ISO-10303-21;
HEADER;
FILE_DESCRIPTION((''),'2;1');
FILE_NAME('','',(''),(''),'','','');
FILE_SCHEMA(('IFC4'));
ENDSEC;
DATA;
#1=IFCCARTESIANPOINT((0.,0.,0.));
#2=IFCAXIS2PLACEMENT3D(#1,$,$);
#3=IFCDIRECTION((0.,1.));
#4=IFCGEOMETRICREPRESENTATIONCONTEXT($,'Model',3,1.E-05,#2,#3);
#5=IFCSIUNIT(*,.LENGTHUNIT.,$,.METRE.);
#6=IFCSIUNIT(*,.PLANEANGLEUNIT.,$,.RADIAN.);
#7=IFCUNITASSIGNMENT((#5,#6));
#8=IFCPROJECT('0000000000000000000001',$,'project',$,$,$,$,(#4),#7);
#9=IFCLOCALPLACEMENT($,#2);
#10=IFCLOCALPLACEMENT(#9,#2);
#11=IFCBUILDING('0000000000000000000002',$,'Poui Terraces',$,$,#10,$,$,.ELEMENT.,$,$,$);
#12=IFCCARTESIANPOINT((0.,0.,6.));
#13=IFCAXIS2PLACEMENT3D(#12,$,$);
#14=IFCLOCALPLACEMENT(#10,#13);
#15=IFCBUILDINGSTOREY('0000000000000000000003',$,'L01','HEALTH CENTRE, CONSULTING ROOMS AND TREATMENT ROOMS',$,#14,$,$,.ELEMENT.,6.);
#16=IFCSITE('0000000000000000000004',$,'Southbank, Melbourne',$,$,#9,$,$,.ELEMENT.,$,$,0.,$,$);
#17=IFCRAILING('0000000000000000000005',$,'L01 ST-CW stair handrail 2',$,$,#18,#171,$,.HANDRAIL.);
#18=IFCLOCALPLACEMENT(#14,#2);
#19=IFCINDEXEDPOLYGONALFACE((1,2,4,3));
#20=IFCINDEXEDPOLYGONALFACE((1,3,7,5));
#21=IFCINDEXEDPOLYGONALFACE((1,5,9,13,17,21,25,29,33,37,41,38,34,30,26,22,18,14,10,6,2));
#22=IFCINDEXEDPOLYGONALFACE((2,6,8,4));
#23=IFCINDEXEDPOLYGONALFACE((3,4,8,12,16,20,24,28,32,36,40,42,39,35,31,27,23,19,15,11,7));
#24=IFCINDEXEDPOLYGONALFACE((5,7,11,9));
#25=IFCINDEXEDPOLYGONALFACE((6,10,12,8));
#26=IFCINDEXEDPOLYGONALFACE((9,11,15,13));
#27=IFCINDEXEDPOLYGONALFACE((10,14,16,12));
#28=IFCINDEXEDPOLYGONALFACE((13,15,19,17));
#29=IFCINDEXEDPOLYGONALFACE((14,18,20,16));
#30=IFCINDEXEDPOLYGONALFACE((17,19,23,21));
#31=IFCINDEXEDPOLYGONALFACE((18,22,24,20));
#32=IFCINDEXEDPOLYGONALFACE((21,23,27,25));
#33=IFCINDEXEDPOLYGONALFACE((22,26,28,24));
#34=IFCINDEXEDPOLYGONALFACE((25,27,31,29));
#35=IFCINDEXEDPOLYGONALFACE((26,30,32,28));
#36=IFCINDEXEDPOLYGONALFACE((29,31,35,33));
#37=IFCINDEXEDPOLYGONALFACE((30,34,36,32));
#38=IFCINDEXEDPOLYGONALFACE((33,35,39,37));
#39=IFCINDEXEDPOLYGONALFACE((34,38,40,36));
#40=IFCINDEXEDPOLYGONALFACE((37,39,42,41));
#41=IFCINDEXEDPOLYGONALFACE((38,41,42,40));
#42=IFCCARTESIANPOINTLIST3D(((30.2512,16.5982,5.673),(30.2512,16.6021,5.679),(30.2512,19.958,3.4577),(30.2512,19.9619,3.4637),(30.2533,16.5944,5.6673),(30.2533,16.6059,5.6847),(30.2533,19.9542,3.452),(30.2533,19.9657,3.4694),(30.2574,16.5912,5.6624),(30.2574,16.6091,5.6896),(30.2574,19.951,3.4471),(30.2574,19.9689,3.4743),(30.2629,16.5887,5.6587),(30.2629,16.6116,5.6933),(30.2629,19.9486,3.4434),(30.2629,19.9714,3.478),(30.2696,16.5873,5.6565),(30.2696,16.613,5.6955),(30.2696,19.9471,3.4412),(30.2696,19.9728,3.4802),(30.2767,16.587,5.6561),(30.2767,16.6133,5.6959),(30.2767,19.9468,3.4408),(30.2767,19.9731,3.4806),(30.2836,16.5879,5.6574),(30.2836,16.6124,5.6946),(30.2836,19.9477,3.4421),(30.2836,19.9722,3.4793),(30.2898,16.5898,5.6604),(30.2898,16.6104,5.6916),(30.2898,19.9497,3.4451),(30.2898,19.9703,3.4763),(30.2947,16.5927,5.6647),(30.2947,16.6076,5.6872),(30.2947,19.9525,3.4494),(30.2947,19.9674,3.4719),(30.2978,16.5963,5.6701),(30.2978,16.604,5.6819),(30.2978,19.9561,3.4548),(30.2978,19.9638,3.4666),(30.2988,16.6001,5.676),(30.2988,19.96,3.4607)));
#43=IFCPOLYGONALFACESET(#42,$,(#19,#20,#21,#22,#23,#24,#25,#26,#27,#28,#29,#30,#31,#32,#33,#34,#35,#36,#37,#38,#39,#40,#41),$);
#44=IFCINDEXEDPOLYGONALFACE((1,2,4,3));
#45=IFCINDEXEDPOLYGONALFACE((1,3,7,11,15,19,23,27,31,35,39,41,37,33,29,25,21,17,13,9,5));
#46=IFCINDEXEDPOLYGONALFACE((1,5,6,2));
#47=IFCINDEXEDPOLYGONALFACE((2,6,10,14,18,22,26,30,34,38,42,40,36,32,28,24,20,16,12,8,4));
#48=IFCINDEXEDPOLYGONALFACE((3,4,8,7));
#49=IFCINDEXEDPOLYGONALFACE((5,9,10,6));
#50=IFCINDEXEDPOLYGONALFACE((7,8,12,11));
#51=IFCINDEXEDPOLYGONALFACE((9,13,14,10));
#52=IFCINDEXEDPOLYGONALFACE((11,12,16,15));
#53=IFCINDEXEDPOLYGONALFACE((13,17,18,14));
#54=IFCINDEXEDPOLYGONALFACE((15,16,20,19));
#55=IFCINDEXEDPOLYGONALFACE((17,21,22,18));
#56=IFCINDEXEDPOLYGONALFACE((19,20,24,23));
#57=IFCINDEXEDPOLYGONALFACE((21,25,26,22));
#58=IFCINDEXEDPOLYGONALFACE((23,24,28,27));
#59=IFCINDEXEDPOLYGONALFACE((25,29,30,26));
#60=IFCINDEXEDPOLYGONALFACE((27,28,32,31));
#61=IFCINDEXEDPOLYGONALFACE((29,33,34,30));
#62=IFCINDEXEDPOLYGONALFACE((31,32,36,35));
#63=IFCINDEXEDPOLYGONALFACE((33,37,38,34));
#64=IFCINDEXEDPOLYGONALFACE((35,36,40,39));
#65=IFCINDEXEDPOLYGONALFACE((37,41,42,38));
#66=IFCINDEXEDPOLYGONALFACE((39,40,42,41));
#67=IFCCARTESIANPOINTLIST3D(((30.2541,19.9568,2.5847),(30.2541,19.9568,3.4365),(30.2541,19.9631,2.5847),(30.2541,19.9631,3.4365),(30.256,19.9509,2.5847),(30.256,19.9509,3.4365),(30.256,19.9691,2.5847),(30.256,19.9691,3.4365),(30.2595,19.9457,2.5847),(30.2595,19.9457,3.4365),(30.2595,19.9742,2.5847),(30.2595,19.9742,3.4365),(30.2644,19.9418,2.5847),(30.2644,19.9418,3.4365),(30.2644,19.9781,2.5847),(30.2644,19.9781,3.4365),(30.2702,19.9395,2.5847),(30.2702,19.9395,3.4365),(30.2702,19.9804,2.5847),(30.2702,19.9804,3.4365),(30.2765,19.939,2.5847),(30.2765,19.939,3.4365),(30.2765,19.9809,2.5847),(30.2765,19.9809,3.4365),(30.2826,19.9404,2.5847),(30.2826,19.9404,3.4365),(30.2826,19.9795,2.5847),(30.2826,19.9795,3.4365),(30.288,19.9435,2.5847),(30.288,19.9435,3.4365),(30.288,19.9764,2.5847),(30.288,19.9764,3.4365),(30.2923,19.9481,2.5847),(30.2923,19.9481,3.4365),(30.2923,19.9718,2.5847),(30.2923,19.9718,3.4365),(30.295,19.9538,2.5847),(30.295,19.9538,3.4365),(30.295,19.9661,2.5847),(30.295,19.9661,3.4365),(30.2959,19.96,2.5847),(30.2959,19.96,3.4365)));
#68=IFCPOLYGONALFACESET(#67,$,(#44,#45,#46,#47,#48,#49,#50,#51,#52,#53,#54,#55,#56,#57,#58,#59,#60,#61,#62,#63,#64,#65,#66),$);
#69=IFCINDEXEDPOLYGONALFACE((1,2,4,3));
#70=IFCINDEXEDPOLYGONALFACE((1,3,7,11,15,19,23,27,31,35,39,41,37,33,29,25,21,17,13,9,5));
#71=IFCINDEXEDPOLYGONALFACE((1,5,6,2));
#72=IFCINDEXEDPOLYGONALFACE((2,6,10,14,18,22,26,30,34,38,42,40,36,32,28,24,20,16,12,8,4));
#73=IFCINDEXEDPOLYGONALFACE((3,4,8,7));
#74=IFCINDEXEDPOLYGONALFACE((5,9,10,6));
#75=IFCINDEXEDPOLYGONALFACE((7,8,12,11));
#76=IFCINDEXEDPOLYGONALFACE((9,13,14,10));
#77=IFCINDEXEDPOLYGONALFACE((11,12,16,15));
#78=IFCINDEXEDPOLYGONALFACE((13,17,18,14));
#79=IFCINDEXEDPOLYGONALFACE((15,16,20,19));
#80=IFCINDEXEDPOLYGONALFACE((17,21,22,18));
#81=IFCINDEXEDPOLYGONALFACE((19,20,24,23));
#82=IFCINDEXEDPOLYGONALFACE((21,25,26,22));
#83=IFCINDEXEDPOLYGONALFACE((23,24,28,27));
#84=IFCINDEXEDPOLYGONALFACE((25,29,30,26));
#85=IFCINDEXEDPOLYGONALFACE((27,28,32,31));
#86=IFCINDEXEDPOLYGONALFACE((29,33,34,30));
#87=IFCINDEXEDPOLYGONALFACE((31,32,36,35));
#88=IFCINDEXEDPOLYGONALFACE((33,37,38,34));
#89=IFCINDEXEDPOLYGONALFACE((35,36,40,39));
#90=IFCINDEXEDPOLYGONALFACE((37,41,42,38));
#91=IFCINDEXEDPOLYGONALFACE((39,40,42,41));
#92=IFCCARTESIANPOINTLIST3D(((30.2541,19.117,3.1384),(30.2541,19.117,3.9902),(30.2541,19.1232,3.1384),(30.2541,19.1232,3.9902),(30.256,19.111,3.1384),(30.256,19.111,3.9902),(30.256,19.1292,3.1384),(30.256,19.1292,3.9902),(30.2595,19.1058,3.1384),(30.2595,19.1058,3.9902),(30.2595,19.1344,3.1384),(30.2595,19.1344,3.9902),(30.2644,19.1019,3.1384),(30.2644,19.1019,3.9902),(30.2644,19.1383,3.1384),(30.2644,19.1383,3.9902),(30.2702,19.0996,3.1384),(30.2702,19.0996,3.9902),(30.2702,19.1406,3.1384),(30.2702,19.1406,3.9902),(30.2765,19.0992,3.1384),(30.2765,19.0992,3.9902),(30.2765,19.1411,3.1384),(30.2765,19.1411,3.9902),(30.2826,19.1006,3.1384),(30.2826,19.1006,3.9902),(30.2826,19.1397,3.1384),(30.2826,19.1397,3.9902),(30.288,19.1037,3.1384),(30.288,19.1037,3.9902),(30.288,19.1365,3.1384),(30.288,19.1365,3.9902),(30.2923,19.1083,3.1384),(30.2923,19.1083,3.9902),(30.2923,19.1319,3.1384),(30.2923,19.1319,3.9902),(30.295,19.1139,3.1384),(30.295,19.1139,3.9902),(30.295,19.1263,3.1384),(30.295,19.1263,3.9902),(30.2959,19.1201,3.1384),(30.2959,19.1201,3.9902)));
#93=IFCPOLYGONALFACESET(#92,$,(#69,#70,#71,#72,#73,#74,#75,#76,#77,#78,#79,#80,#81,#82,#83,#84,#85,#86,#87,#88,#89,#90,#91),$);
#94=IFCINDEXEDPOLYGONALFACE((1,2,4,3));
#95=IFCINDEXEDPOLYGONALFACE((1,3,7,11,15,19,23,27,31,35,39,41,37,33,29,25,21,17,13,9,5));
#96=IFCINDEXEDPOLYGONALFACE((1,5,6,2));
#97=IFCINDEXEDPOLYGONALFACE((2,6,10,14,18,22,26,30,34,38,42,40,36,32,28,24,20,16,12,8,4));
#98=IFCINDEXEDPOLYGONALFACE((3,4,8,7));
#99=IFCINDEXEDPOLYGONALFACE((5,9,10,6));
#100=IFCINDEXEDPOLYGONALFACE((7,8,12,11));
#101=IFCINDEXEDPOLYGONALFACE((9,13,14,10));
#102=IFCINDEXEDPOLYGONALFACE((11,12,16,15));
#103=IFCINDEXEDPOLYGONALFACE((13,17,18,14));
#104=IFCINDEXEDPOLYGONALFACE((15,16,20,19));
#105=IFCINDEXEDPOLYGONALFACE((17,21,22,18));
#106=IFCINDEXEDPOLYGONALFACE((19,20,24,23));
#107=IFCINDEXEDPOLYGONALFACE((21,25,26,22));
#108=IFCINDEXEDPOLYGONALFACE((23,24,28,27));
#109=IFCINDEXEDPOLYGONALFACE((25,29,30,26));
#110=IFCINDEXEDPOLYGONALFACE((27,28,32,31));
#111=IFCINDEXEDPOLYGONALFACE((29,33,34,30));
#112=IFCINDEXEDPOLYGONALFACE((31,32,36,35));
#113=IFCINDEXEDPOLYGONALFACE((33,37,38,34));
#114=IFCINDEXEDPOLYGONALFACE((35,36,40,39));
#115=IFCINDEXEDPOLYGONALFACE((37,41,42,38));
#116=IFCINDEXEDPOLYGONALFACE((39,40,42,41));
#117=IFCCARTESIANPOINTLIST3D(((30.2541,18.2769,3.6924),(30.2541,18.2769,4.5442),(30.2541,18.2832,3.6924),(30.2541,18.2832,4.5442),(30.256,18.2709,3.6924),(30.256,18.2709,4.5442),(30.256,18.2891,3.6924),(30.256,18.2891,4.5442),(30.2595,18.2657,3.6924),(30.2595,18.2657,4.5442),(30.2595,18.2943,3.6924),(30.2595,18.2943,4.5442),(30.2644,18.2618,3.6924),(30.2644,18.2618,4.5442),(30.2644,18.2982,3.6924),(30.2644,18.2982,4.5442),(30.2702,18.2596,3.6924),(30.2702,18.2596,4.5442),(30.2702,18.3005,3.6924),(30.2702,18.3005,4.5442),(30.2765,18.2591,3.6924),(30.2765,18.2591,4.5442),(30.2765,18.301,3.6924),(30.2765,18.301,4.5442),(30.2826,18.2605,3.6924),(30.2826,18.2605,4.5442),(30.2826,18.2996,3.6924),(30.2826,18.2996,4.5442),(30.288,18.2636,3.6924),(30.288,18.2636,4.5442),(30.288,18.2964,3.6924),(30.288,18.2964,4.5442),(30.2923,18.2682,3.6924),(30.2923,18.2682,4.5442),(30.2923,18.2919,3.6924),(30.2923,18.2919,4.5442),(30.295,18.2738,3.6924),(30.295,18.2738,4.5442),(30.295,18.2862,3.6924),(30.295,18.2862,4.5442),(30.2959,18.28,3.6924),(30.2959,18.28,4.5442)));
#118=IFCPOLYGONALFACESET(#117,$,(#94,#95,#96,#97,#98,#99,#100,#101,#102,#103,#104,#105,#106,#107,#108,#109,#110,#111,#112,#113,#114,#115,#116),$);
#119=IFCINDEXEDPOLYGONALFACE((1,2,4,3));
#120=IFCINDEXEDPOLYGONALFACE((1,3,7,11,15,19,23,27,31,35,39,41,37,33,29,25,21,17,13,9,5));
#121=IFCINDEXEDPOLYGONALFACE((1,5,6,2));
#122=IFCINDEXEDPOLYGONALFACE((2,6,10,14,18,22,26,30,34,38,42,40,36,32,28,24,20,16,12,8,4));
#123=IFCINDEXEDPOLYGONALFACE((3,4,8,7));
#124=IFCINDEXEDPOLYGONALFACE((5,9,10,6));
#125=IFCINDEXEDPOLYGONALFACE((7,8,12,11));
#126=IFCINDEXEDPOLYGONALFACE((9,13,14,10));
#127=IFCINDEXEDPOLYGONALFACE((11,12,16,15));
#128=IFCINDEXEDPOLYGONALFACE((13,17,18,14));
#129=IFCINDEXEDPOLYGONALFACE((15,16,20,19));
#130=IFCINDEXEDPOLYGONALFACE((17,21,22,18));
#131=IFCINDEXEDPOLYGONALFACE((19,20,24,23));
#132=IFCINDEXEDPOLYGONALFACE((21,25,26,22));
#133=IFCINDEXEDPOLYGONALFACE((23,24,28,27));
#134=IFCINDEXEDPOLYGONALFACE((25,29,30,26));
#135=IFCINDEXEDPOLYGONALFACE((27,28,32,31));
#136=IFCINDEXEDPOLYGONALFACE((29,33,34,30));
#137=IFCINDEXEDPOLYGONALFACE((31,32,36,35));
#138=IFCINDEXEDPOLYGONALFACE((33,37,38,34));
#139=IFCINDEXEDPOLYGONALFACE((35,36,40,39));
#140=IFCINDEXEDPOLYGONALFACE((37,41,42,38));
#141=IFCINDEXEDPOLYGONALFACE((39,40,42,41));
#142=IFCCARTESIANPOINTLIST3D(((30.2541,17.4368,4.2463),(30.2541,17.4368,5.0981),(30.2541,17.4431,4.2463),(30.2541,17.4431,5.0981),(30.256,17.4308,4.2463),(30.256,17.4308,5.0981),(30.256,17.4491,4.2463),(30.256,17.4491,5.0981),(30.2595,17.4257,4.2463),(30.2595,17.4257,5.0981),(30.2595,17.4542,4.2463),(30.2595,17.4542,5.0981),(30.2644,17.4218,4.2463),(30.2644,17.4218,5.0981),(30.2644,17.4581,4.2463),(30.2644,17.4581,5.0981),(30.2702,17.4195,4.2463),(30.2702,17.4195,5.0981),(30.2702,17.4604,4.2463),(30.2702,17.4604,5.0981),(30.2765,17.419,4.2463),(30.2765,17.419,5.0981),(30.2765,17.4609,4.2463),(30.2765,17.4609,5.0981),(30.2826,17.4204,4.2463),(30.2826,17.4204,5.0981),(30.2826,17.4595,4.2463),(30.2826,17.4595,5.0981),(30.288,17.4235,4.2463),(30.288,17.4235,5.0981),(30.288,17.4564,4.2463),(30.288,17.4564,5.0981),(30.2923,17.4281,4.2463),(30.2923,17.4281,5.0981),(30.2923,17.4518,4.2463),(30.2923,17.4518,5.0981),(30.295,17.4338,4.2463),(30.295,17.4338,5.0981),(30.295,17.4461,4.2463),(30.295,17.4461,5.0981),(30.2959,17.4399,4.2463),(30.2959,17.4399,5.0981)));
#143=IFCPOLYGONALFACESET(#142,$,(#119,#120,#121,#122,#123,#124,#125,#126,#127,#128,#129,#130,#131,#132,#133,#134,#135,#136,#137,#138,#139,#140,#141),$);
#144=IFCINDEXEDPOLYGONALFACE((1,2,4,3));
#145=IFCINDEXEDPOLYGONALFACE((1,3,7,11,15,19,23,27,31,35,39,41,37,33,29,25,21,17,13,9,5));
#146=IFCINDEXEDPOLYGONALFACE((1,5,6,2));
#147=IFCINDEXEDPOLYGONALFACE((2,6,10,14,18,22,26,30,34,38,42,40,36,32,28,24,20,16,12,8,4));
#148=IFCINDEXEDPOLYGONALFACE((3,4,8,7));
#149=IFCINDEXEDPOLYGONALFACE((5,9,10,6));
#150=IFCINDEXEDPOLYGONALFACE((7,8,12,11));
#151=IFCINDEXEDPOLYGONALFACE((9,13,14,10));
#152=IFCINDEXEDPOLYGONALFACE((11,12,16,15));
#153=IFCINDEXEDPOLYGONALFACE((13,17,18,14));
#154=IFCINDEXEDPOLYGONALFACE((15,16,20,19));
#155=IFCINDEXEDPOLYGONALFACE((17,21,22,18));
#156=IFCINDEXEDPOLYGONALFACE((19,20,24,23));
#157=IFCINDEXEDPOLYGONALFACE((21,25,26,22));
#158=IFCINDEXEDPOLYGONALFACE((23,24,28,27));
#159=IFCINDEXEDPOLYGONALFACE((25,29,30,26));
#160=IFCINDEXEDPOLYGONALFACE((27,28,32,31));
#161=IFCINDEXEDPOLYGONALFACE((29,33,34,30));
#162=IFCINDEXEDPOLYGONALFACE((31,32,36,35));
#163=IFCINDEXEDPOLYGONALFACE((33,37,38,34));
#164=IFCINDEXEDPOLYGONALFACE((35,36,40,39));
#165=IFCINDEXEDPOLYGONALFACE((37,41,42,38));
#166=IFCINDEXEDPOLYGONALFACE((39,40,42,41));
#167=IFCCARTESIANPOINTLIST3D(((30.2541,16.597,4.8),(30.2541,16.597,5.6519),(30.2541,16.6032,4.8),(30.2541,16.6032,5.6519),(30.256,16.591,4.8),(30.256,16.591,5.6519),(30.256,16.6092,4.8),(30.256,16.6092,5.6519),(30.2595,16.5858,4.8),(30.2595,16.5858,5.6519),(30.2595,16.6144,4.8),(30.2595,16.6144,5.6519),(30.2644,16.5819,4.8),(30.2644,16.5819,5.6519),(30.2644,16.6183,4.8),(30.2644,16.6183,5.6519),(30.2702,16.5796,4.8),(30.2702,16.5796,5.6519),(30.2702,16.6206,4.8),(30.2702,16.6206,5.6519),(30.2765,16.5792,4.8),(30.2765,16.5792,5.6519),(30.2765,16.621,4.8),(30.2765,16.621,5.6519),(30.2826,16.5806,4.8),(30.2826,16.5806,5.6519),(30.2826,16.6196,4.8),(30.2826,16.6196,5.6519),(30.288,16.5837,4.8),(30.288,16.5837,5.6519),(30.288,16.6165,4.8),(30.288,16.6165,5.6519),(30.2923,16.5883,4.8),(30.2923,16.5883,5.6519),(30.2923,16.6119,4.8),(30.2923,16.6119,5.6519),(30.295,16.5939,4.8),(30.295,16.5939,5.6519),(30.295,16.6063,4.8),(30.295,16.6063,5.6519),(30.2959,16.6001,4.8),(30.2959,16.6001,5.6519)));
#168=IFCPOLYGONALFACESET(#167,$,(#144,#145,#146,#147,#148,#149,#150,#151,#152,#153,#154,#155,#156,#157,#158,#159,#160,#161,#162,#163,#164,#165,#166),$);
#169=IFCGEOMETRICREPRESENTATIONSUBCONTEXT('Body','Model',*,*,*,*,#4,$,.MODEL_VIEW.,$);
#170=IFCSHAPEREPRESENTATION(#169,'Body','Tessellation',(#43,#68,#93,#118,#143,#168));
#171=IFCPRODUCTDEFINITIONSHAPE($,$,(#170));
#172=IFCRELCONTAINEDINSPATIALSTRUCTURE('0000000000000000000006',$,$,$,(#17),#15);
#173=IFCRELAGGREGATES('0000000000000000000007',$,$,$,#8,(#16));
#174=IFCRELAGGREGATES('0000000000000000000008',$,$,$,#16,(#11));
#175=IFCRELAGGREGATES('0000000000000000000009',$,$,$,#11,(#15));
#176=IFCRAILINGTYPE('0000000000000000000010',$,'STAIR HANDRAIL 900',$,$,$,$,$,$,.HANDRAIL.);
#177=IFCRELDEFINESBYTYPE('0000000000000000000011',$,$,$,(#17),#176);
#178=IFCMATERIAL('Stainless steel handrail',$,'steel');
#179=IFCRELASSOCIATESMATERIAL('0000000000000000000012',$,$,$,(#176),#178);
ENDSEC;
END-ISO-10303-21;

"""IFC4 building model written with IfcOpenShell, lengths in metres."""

from ifc_helpers import new_model, si_unit, direction, frame, origin, origin_2d, place, context, subcontext, project, spatial, circle, extrude, material, type_object, element, save


model = new_model("IFC4")

# Units and contexts
model_context = context("Model", 3, precision=1e-05, world=origin(), true_north=direction((0.0, 1.0)))
body_context = subcontext(model_context, "Body", "Model", "MODEL_VIEW")
ifc_project = project(units=[si_unit("LENGTHUNIT", "METRE"), si_unit("PLANEANGLEUNIT", "RADIAN")], contexts=[model_context])

# Site, building, storey
site_placement = place(None, origin())
site = spatial("IfcSite", under=ifc_project, at=site_placement, Name="Southbank, Melbourne", CompositionType="ELEMENT", RefElevation=0.0)
building_placement = place(site_placement, origin())
building = spatial("IfcBuilding", under=site, at=building_placement, Name="Poui Terraces", CompositionType="ELEMENT")
storey_placement = place(building_placement, frame((0.0, 0.0, 6.0)))
storey = spatial("IfcBuildingStorey", under=building, at=storey_placement, Name="L01", Description="HEALTH CENTRE, CONSULTING ROOMS AND TREATMENT ROOMS", CompositionType="ELEMENT", Elevation=6.0)

# Railing
ifc_material_1 = material(Name="Stainless steel handrail", Category="steel")
railing_type_1 = type_object("IfcRailingType", Name="STAIR HANDRAIL 900", PredefinedType="HANDRAIL", material=ifc_material_1)
railing_1_placement = place(storey_placement, frame((30.2749, 19.96, 2.5847)))
element("IfcRailing", 1, at=railing_1_placement, inside=storey, type_object=railing_type_1, Name="L01 ST-CW stair handrail 2", PredefinedType="HANDRAIL", context=body_context, shape_type="SweptSolid", body=[
    extrude(circle(Radius=0.0239, at=origin_2d()), frame((0.0, 0.0, 0.876), z_axis=(0.0, -0.834858, 0.550465), x_axis=(1.0, 0.0, 0.0)), (0.0, 0.0, 1.0), 4.0244),
    extrude(circle(Radius=0.021, at=origin_2d()), origin(), (0.0, 0.0, 1.0), 0.8518),
    extrude(circle(Radius=0.021, at=origin_2d()), frame((0.0, -0.8398, 0.5537)), (0.0, 0.0, 1.0), 0.8518),
    extrude(circle(Radius=0.021, at=origin_2d()), frame((0.0, -1.6799, 1.1077)), (0.0, 0.0, 1.0), 0.8518),
    extrude(circle(Radius=0.021, at=origin_2d()), frame((0.0, -2.52, 1.6616)), (0.0, 0.0, 1.0), 0.8518),
    extrude(circle(Radius=0.021, at=origin_2d()), frame((0.0, -3.3599, 2.2153)), (0.0, 0.0, 1.0), 0.8518),
])

save(model, "model.ifc")
